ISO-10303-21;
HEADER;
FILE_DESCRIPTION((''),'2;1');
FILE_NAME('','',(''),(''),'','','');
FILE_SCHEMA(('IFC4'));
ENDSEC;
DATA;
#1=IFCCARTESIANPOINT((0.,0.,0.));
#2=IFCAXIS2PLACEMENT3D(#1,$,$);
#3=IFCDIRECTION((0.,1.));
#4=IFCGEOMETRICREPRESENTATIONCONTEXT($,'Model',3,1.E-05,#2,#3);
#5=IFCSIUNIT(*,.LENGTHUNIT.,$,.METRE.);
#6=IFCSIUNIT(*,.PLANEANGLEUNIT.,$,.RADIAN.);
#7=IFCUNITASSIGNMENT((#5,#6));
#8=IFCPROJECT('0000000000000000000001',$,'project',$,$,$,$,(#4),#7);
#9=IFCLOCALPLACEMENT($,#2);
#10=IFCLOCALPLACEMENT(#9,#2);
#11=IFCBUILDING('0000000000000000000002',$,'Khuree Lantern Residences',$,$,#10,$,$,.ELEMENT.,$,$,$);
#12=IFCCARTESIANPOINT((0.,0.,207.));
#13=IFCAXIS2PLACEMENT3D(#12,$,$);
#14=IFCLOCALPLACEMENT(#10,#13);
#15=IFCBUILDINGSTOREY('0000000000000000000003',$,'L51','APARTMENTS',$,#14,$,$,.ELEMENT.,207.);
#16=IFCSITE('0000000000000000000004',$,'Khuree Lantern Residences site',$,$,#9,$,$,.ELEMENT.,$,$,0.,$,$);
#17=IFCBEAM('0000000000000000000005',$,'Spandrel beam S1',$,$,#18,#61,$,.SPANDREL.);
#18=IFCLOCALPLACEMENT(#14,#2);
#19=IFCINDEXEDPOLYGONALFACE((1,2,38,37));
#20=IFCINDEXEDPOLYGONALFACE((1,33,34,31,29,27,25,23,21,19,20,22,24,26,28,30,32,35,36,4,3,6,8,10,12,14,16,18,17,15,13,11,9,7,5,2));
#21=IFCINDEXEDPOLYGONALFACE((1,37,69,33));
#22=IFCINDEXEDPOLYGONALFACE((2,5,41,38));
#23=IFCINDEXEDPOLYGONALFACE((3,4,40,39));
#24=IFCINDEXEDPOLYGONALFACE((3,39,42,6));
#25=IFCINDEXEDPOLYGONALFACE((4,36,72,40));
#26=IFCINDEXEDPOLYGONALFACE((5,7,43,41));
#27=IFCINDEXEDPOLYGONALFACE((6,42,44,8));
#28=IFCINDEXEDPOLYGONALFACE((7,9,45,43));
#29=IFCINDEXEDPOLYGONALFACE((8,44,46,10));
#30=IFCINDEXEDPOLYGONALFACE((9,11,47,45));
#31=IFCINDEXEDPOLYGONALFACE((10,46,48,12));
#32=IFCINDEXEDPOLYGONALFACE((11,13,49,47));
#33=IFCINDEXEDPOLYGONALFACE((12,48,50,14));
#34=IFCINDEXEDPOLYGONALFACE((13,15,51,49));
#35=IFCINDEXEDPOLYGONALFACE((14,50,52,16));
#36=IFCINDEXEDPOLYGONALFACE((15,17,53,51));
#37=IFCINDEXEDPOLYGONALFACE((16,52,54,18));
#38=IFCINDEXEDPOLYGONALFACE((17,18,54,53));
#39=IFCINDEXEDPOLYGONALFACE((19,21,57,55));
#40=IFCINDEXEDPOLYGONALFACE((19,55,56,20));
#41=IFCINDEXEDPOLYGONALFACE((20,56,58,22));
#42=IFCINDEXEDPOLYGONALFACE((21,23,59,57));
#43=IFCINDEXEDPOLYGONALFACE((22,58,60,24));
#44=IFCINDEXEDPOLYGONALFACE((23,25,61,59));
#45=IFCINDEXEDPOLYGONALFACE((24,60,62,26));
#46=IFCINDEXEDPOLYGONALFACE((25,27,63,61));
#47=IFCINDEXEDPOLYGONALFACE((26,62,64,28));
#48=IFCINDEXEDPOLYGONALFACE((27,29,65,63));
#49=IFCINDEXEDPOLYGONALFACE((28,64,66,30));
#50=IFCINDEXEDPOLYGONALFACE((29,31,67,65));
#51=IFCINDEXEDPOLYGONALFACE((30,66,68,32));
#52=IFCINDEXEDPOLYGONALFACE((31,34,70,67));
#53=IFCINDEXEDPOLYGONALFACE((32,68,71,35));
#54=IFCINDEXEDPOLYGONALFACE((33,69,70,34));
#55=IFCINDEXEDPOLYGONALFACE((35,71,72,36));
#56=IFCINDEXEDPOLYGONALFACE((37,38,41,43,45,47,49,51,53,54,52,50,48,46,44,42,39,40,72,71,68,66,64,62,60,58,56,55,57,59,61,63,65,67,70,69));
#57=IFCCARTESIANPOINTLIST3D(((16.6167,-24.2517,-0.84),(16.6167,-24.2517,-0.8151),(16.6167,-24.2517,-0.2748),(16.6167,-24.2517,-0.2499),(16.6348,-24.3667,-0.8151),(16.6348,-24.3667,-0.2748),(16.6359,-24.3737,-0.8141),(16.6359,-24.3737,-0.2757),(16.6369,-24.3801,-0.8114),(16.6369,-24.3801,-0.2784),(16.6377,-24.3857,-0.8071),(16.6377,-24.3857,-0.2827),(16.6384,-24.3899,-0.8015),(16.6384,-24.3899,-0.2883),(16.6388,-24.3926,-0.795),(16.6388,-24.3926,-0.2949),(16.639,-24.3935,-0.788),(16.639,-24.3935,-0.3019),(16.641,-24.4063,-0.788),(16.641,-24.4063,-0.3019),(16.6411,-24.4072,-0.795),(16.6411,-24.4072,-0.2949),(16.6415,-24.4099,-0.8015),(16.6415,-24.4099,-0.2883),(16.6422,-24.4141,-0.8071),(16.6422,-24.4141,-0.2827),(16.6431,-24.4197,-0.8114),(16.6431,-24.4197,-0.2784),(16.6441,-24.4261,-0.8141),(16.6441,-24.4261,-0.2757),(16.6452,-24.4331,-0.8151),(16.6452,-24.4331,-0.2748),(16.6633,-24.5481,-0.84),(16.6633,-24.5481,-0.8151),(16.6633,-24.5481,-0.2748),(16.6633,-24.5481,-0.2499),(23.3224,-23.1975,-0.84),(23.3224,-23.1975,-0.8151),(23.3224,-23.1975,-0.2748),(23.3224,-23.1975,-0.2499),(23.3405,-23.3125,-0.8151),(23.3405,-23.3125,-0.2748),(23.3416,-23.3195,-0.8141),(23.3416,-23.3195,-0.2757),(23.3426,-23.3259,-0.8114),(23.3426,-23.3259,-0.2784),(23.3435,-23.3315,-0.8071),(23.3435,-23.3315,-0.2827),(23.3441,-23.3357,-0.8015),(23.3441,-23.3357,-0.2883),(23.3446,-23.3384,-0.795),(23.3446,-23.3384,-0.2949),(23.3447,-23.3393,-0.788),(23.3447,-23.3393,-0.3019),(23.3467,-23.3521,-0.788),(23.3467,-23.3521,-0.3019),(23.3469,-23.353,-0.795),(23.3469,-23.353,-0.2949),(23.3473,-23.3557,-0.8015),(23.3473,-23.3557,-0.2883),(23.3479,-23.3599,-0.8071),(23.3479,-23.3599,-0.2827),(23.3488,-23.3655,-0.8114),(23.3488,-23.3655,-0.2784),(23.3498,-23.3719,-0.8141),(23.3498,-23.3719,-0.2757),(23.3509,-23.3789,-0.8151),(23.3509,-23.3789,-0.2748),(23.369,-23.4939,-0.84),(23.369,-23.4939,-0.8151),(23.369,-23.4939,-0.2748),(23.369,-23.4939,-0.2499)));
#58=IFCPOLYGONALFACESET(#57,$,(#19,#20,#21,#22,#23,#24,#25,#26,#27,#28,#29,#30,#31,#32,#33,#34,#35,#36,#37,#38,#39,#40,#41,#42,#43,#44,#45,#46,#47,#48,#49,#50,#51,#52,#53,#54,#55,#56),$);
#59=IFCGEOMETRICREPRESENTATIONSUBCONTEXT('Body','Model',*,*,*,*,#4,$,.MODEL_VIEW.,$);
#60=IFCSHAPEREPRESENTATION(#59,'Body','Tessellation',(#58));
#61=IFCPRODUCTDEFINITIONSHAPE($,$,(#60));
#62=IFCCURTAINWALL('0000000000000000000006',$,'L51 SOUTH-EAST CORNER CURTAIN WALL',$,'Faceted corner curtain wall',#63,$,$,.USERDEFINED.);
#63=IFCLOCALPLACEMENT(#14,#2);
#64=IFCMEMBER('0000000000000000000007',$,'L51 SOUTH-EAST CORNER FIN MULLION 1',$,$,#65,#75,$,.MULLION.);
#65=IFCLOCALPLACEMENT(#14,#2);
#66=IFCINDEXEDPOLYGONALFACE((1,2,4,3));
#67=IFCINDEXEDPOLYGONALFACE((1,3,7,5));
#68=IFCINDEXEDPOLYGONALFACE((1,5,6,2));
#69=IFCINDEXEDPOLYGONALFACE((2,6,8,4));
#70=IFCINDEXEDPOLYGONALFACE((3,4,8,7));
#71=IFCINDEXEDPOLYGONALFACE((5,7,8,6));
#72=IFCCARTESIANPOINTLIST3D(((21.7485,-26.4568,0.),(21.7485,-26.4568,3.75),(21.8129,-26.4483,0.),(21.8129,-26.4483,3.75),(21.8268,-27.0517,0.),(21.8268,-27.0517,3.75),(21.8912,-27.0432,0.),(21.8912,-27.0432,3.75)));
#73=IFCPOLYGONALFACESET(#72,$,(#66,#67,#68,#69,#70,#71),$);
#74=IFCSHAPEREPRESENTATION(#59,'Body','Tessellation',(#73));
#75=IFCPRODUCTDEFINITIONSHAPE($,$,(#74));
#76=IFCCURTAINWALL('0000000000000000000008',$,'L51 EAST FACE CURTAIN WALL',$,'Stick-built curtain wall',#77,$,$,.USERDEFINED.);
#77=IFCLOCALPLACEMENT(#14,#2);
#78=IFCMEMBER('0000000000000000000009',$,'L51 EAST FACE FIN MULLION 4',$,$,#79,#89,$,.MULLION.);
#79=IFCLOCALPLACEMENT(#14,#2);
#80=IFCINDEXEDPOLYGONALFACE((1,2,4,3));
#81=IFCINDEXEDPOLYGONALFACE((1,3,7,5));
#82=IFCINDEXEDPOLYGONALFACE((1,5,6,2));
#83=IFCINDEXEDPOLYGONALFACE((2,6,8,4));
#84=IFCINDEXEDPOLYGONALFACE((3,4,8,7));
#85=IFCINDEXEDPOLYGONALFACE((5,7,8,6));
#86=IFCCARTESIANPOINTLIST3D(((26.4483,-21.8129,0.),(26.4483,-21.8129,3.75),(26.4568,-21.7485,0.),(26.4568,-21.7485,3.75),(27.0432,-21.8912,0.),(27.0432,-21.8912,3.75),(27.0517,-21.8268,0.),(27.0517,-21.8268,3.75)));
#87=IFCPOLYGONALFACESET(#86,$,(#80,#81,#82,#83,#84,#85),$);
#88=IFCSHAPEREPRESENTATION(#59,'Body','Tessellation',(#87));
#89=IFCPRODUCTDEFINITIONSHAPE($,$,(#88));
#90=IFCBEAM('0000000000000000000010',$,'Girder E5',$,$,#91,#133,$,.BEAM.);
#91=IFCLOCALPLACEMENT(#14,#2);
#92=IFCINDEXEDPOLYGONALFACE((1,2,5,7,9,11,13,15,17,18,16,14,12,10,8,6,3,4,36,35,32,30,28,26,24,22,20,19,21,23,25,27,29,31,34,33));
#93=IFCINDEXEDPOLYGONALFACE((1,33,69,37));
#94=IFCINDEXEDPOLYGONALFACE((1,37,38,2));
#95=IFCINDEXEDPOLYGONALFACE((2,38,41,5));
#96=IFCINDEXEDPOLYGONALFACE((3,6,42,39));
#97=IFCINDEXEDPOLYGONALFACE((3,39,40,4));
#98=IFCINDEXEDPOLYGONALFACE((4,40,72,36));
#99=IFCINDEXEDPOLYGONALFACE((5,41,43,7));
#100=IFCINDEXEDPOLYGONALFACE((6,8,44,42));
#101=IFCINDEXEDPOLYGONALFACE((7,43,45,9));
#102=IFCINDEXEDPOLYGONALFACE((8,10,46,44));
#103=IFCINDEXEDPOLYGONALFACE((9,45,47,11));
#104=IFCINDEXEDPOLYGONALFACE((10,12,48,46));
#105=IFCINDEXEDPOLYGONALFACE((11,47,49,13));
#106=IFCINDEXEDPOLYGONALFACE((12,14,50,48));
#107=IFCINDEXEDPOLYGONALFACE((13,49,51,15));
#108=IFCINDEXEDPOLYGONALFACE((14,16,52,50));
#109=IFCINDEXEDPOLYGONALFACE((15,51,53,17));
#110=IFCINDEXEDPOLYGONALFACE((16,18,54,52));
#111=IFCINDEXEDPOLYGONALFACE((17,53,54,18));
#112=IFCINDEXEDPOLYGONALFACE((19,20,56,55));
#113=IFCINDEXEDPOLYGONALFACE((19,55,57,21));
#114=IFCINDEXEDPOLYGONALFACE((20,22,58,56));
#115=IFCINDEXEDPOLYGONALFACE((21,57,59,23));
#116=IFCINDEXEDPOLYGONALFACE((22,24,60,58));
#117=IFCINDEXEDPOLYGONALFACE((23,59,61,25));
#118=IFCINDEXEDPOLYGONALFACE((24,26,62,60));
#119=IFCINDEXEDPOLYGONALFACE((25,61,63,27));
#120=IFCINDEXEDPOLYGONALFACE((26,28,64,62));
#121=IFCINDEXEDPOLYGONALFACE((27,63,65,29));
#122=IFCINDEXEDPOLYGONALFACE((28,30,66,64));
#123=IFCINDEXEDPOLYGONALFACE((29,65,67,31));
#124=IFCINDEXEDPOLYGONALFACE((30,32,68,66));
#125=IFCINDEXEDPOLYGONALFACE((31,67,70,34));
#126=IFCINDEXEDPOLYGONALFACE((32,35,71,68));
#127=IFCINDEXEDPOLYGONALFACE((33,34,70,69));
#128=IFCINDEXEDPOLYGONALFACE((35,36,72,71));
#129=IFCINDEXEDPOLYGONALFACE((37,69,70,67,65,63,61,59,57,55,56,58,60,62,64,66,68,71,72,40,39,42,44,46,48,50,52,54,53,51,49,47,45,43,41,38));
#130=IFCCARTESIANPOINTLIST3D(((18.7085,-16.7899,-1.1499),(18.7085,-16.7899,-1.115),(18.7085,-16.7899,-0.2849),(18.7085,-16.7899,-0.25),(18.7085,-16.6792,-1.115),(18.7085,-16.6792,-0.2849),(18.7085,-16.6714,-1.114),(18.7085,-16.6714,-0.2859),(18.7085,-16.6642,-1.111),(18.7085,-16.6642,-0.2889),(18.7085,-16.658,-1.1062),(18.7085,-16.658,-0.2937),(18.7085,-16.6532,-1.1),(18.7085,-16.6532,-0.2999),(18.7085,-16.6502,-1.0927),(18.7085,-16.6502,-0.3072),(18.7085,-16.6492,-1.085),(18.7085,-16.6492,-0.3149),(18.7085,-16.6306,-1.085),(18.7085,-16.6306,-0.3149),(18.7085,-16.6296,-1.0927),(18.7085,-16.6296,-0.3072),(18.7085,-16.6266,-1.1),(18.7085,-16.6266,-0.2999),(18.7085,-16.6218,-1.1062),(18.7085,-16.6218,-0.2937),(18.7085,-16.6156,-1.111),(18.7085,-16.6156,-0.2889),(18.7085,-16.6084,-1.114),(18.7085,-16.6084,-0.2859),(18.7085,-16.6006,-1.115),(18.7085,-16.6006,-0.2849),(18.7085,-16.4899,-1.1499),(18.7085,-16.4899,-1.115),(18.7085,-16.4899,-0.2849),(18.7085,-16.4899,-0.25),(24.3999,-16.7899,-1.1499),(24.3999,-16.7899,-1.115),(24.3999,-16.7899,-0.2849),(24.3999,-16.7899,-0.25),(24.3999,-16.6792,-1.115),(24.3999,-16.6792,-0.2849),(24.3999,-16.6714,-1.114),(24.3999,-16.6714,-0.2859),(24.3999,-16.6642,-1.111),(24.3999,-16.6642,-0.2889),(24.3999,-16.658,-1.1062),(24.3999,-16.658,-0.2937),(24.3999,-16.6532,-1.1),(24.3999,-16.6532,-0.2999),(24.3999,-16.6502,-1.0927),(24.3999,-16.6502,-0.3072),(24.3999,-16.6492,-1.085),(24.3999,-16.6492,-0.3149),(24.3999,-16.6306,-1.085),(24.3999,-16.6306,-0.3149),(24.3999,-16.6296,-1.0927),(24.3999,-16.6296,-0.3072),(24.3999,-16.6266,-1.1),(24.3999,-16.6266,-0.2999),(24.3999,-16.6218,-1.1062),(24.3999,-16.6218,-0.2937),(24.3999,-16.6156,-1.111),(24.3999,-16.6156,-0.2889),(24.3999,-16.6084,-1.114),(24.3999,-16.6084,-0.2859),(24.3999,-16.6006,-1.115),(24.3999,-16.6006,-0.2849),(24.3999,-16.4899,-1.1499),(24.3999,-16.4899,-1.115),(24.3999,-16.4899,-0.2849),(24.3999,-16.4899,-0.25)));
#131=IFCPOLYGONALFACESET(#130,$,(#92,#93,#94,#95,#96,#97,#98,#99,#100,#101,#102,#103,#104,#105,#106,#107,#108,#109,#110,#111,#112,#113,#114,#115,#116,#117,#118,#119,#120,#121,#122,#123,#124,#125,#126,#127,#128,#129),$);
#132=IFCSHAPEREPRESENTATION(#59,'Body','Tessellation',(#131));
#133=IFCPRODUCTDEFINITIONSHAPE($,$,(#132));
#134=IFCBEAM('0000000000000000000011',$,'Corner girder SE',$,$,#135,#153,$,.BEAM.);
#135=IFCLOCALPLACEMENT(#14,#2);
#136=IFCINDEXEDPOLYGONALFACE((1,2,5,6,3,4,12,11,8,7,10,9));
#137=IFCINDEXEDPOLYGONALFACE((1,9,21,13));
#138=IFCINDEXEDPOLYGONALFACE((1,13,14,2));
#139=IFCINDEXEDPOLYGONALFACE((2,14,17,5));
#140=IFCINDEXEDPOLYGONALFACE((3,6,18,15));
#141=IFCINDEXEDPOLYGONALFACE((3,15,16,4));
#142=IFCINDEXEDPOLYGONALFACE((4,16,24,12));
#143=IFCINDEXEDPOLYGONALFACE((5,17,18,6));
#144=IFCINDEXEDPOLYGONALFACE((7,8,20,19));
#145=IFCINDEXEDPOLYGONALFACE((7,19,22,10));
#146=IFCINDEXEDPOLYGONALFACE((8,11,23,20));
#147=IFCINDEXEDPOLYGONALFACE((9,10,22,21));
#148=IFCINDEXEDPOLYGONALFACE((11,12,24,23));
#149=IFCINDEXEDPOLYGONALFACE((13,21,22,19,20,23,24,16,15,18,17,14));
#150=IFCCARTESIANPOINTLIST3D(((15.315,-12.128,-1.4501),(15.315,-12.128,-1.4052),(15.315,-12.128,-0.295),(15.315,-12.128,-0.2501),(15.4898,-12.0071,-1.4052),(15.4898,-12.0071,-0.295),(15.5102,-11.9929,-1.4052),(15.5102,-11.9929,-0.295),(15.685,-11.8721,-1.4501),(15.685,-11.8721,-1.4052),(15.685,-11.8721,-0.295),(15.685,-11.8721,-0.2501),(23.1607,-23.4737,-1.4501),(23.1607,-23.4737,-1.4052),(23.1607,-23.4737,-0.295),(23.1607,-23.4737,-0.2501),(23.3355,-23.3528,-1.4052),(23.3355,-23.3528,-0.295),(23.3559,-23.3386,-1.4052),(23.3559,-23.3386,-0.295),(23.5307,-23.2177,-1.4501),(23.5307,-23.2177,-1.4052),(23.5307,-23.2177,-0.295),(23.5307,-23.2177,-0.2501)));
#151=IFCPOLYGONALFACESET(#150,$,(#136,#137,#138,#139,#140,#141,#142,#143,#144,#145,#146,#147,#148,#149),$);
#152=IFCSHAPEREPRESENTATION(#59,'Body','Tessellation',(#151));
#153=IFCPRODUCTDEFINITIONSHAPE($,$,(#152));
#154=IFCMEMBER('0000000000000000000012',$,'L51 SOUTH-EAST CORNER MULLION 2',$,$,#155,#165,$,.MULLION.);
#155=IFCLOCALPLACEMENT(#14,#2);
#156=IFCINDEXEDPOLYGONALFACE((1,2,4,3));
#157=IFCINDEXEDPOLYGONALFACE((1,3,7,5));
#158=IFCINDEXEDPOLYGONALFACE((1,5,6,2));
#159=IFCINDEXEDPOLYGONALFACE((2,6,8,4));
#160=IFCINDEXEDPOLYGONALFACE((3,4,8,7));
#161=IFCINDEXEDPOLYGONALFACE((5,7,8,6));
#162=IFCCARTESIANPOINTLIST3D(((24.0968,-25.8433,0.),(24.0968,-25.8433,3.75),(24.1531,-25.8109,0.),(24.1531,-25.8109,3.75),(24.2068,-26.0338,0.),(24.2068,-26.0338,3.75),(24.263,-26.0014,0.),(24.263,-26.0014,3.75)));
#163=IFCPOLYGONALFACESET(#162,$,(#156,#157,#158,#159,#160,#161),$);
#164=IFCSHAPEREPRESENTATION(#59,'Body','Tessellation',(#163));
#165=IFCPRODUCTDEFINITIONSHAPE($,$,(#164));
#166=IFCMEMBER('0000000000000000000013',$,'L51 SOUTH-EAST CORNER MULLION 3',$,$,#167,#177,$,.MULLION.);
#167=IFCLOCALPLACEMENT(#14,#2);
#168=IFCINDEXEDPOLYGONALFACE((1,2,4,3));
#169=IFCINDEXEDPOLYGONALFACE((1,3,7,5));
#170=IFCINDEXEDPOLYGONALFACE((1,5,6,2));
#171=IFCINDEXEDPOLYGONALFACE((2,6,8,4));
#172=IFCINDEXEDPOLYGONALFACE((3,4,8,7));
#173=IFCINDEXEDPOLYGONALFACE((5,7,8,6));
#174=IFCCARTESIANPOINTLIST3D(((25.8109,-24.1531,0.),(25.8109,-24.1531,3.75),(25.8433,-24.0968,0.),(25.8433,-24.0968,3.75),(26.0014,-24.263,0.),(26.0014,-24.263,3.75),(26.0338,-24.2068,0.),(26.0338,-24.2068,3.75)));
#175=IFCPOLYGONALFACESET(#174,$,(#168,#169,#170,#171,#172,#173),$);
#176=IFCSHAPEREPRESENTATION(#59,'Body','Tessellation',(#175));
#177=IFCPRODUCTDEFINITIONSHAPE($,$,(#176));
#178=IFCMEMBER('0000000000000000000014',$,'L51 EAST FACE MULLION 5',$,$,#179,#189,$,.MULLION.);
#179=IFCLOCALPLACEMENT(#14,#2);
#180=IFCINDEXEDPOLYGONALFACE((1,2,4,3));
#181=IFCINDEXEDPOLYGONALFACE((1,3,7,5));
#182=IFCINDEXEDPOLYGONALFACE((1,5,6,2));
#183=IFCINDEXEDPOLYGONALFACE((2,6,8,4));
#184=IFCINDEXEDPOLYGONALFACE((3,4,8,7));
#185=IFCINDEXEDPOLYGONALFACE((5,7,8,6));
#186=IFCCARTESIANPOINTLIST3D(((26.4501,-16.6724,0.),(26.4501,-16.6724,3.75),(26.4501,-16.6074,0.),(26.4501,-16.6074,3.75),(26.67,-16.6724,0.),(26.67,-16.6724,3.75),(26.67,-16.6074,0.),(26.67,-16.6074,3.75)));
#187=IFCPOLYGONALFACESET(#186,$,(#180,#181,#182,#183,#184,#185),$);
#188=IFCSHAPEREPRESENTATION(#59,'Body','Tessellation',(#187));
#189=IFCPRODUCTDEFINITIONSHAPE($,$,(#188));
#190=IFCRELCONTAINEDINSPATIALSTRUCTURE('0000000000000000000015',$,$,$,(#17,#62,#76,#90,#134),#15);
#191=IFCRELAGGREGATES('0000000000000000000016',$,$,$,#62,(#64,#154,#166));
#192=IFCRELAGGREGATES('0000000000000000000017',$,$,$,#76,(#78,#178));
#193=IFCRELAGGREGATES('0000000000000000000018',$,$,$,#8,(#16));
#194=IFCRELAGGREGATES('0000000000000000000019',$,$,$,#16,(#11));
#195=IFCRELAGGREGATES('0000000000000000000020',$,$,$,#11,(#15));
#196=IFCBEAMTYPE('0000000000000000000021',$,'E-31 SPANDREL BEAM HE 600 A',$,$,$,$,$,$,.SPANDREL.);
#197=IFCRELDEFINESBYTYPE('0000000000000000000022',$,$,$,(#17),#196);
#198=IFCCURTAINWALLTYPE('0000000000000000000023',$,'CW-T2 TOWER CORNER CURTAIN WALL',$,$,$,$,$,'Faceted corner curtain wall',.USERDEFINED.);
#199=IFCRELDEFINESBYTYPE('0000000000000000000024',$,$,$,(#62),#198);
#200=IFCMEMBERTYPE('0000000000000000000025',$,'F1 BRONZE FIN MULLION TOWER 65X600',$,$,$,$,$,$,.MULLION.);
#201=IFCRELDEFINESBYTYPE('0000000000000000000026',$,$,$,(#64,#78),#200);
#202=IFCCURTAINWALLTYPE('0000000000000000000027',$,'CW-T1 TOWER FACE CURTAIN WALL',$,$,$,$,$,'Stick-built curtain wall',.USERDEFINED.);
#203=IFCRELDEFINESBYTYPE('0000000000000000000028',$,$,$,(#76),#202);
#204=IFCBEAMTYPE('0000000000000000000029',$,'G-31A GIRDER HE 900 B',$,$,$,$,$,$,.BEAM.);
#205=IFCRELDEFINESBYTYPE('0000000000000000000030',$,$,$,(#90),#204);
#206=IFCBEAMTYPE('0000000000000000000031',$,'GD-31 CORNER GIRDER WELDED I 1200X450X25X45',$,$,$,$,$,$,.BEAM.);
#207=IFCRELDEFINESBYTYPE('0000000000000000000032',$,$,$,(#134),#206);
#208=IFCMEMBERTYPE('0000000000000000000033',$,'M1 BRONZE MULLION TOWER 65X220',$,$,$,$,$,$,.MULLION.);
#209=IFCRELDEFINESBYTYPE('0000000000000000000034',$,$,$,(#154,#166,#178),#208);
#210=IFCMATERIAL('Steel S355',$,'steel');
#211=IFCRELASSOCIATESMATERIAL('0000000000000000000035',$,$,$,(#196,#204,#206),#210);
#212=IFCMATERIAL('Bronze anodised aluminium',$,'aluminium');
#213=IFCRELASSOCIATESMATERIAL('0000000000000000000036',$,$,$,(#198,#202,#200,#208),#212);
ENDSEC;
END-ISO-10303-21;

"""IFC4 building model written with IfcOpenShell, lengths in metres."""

from ifc_helpers import new_model, si_unit, direction, frame, origin, origin_2d, place, context, subcontext, project, spatial, rectangle, i_section, extrude, material, material_profile, profile_set, type_object, element, aggregate, save


model = new_model("IFC4")

# Units and contexts
model_context = context("Model", 3, precision=1e-05, world=origin(), true_north=direction((0.0, 1.0)))
body_context = subcontext(model_context, "Body", "Model", "MODEL_VIEW")
ifc_project = project(units=[si_unit("LENGTHUNIT", "METRE"), si_unit("PLANEANGLEUNIT", "RADIAN")], contexts=[model_context])

# Site, building, storey
site_placement = place(None, origin())
site = spatial("IfcSite", under=ifc_project, at=site_placement, Name="Khuree Lantern Residences site", CompositionType="ELEMENT", RefElevation=0.0)
building_placement = place(site_placement, origin())
building = spatial("IfcBuilding", under=site, at=building_placement, Name="Khuree Lantern Residences", CompositionType="ELEMENT")
storey_placement = place(building_placement, frame((0.0, 0.0, 207.0)))
storey = spatial("IfcBuildingStorey", under=building, at=storey_placement, Name="L51", Description="APARTMENTS", CompositionType="ELEMENT", Elevation=207.0)

# Beam
ifc_material_1 = material(Name="Steel S355", Category="steel")
ifc_material_profile_1 = material_profile(ifc_material_1, i_section(OverallWidth=0.3, OverallDepth=0.5901, WebThickness=0.0129, FlangeThickness=0.0249, FilletRadius=0.0271, at=origin_2d()), Name="HE 600 A")
ifc_profile_set_1 = profile_set([ifc_material_profile_1], Name="Steel S355")
beam_type_1 = type_object("IfcBeamType", Name="E-31 SPANDREL BEAM HE 600 A", PredefinedType="SPANDREL", material=ifc_profile_set_1)
for number, where, z_axis, x_axis, name in (
    (1, (23.3457, -23.3457, -0.5449), (-0.987867, -0.1553, 0.0), (0.1553, -0.987867, 0.0), "Spandrel beam S1"),
):
    element("IfcBeam", number, at=place(storey_placement, frame(where, z_axis=z_axis, x_axis=x_axis)), inside=storey, type_object=beam_type_1, Name=name, PredefinedType="SPANDREL", context=body_context, shape_type="SweptSolid", body=[
        extrude(i_section(OverallWidth=0.3, OverallDepth=0.5901, WebThickness=0.0129, FlangeThickness=0.0249, FilletRadius=0.0271, at=origin_2d()), origin(), (0.0, 0.0, 1.0), 6.7881),
    ])

# Curtain walls, members
ifc_material_2 = material(Name="Bronze anodised aluminium", Category="aluminium")
curtain_wall_type_1 = type_object("IfcCurtainWallType", Name="CW-T2 TOWER CORNER CURTAIN WALL", ElementType="Faceted corner curtain wall", PredefinedType="USERDEFINED", material=ifc_material_2)
curtain_wall_1_placement = place(storey_placement, origin())
curtain_wall_1 = element("IfcCurtainWall", 2, at=curtain_wall_1_placement, inside=storey, type_object=curtain_wall_type_1, Name="L51 SOUTH-EAST CORNER CURTAIN WALL", ObjectType="Faceted corner curtain wall", PredefinedType="USERDEFINED")
ifc_material_profile_2 = material_profile(ifc_material_2, rectangle(XDim=0.0649, YDim=0.6001, at=origin_2d()), Name="F1 65X600")
ifc_profile_set_2 = profile_set([ifc_material_profile_2], Name="Bronze anodised aluminium")
member_type_1 = type_object("IfcMemberType", Name="F1 BRONZE FIN MULLION TOWER 65X600", PredefinedType="MULLION", material=ifc_profile_set_2)
member_1_placement = place(storey_placement, frame((21.8198, -26.75, 0.0), z_axis=(0.0, 0.0, 1.0), x_axis=(0.991445, 0.130526, 0.0)))
member_1 = element("IfcMember", 3, at=member_1_placement, type_object=member_type_1, Name="L51 SOUTH-EAST CORNER FIN MULLION 1", PredefinedType="MULLION", context=body_context, shape_type="SweptSolid", body=[
    extrude(rectangle(XDim=0.0649, YDim=0.6001, at=origin_2d()), origin(), (0.0, 0.0, 1.0), 3.75),
])
curtain_wall_type_2 = type_object("IfcCurtainWallType", Name="CW-T1 TOWER FACE CURTAIN WALL", ElementType="Stick-built curtain wall", PredefinedType="USERDEFINED", material=ifc_material_2)
curtain_wall_2_placement = place(storey_placement, origin())
curtain_wall_2 = element("IfcCurtainWall", 4, at=curtain_wall_2_placement, inside=storey, type_object=curtain_wall_type_2, Name="L51 EAST FACE CURTAIN WALL", ObjectType="Stick-built curtain wall", PredefinedType="USERDEFINED")
member_2_placement = place(storey_placement, frame((26.75, -21.8198, 0.0), z_axis=(0.0, 0.0, 1.0), x_axis=(0.130526, 0.991445, 0.0)))
member_2 = element("IfcMember", 5, at=member_2_placement, type_object=member_type_1, Name="L51 EAST FACE FIN MULLION 4", PredefinedType="MULLION", context=body_context, shape_type="SweptSolid", body=[
    extrude(rectangle(XDim=0.0649, YDim=0.6001, at=origin_2d()), origin(), (0.0, 0.0, 1.0), 3.75),
])

# Beams
ifc_material_profile_3 = material_profile(ifc_material_1, i_section(OverallWidth=0.3, OverallDepth=0.8999, WebThickness=0.0186, FlangeThickness=0.0349, FilletRadius=0.03, at=origin_2d()), Name="HE 900 B")
ifc_profile_set_3 = profile_set([ifc_material_profile_3], Name="Steel S355")
beam_type_2 = type_object("IfcBeamType", Name="G-31A GIRDER HE 900 B", PredefinedType="BEAM", material=ifc_profile_set_3)
beam_1_placement = place(storey_placement, frame((24.3999, -16.6399, -0.7), z_axis=(-1.0, 0.0, 0.0), x_axis=(0.0, -1.0, 0.0)))
element("IfcBeam", 6, at=beam_1_placement, inside=storey, type_object=beam_type_2, Name="Girder E5", PredefinedType="BEAM", context=body_context, shape_type="SweptSolid", body=[
    extrude(i_section(OverallWidth=0.3, OverallDepth=0.8999, WebThickness=0.0186, FlangeThickness=0.0349, FilletRadius=0.03, at=origin_2d()), origin(), (0.0, 0.0, 1.0), 5.6914),
])
ifc_material_profile_4 = material_profile(ifc_material_1, i_section(OverallWidth=0.45, OverallDepth=1.2, WebThickness=0.0249, FlangeThickness=0.0449, at=origin_2d()), Name="WELDED I 1200X450X25X45")
ifc_profile_set_4 = profile_set([ifc_material_profile_4], Name="Steel S355")
beam_type_3 = type_object("IfcBeamType", Name="GD-31 CORNER GIRDER WELDED I 1200X450X25X45", PredefinedType="BEAM", material=ifc_profile_set_4)
beam_2_placement = place(storey_placement, frame((23.3457, -23.3457, -0.8501), z_axis=(-0.568768, 0.822498, 0.0), x_axis=(-0.822498, -0.568768, 0.0)))
element("IfcBeam", 7, at=beam_2_placement, inside=storey, type_object=beam_type_3, Name="Corner girder SE", PredefinedType="BEAM", context=body_context, shape_type="SweptSolid", body=[
    extrude(i_section(OverallWidth=0.45, OverallDepth=1.2, WebThickness=0.0249, FlangeThickness=0.0449, at=origin_2d()), origin(), (0.0, 0.0, 1.0), 13.7942),
])

# Members
ifc_material_profile_5 = material_profile(ifc_material_2, rectangle(XDim=0.0649, YDim=0.22, at=origin_2d()), Name="M1 65X220")
ifc_profile_set_5 = profile_set([ifc_material_profile_5], Name="Bronze anodised aluminium")
member_type_2 = type_object("IfcMemberType", Name="M1 BRONZE MULLION TOWER 65X220", PredefinedType="MULLION", material=ifc_profile_set_5)
member_3_placement = place(storey_placement, frame((24.1799, -25.9224, 0.0), z_axis=(0.0, 0.0, 1.0), x_axis=(0.866025, 0.5, 0.0)))
member_3 = element("IfcMember", 8, at=member_3_placement, type_object=member_type_2, Name="L51 SOUTH-EAST CORNER MULLION 2", PredefinedType="MULLION", context=body_context, shape_type="SweptSolid", body=[
    extrude(rectangle(XDim=0.0649, YDim=0.22, at=origin_2d()), origin(), (0.0, 0.0, 1.0), 3.75),
])
member_4_placement = place(storey_placement, frame((25.9224, -24.1799, 0.0), z_axis=(0.0, 0.0, 1.0), x_axis=(0.5, 0.866025, 0.0)))
member_4 = element("IfcMember", 9, at=member_4_placement, type_object=member_type_2, Name="L51 SOUTH-EAST CORNER MULLION 3", PredefinedType="MULLION", context=body_context, shape_type="SweptSolid", body=[
    extrude(rectangle(XDim=0.0649, YDim=0.22, at=origin_2d()), origin(), (0.0, 0.0, 1.0), 3.75),
])
member_5_placement = place(storey_placement, frame((26.5601, -16.6399, 0.0), z_axis=(0.0, 0.0, 1.0), x_axis=(0.0, 1.0, 0.0)))
member_5 = element("IfcMember", 10, at=member_5_placement, type_object=member_type_2, Name="L51 EAST FACE MULLION 5", PredefinedType="MULLION", context=body_context, shape_type="SweptSolid", body=[
    extrude(rectangle(XDim=0.0649, YDim=0.22, at=origin_2d()), origin(), (0.0, 0.0, 1.0), 3.75),
])

aggregate(curtain_wall_1, [member_1, member_3, member_4])

aggregate(curtain_wall_2, [member_2, member_5])

save(model, "model.ifc")
